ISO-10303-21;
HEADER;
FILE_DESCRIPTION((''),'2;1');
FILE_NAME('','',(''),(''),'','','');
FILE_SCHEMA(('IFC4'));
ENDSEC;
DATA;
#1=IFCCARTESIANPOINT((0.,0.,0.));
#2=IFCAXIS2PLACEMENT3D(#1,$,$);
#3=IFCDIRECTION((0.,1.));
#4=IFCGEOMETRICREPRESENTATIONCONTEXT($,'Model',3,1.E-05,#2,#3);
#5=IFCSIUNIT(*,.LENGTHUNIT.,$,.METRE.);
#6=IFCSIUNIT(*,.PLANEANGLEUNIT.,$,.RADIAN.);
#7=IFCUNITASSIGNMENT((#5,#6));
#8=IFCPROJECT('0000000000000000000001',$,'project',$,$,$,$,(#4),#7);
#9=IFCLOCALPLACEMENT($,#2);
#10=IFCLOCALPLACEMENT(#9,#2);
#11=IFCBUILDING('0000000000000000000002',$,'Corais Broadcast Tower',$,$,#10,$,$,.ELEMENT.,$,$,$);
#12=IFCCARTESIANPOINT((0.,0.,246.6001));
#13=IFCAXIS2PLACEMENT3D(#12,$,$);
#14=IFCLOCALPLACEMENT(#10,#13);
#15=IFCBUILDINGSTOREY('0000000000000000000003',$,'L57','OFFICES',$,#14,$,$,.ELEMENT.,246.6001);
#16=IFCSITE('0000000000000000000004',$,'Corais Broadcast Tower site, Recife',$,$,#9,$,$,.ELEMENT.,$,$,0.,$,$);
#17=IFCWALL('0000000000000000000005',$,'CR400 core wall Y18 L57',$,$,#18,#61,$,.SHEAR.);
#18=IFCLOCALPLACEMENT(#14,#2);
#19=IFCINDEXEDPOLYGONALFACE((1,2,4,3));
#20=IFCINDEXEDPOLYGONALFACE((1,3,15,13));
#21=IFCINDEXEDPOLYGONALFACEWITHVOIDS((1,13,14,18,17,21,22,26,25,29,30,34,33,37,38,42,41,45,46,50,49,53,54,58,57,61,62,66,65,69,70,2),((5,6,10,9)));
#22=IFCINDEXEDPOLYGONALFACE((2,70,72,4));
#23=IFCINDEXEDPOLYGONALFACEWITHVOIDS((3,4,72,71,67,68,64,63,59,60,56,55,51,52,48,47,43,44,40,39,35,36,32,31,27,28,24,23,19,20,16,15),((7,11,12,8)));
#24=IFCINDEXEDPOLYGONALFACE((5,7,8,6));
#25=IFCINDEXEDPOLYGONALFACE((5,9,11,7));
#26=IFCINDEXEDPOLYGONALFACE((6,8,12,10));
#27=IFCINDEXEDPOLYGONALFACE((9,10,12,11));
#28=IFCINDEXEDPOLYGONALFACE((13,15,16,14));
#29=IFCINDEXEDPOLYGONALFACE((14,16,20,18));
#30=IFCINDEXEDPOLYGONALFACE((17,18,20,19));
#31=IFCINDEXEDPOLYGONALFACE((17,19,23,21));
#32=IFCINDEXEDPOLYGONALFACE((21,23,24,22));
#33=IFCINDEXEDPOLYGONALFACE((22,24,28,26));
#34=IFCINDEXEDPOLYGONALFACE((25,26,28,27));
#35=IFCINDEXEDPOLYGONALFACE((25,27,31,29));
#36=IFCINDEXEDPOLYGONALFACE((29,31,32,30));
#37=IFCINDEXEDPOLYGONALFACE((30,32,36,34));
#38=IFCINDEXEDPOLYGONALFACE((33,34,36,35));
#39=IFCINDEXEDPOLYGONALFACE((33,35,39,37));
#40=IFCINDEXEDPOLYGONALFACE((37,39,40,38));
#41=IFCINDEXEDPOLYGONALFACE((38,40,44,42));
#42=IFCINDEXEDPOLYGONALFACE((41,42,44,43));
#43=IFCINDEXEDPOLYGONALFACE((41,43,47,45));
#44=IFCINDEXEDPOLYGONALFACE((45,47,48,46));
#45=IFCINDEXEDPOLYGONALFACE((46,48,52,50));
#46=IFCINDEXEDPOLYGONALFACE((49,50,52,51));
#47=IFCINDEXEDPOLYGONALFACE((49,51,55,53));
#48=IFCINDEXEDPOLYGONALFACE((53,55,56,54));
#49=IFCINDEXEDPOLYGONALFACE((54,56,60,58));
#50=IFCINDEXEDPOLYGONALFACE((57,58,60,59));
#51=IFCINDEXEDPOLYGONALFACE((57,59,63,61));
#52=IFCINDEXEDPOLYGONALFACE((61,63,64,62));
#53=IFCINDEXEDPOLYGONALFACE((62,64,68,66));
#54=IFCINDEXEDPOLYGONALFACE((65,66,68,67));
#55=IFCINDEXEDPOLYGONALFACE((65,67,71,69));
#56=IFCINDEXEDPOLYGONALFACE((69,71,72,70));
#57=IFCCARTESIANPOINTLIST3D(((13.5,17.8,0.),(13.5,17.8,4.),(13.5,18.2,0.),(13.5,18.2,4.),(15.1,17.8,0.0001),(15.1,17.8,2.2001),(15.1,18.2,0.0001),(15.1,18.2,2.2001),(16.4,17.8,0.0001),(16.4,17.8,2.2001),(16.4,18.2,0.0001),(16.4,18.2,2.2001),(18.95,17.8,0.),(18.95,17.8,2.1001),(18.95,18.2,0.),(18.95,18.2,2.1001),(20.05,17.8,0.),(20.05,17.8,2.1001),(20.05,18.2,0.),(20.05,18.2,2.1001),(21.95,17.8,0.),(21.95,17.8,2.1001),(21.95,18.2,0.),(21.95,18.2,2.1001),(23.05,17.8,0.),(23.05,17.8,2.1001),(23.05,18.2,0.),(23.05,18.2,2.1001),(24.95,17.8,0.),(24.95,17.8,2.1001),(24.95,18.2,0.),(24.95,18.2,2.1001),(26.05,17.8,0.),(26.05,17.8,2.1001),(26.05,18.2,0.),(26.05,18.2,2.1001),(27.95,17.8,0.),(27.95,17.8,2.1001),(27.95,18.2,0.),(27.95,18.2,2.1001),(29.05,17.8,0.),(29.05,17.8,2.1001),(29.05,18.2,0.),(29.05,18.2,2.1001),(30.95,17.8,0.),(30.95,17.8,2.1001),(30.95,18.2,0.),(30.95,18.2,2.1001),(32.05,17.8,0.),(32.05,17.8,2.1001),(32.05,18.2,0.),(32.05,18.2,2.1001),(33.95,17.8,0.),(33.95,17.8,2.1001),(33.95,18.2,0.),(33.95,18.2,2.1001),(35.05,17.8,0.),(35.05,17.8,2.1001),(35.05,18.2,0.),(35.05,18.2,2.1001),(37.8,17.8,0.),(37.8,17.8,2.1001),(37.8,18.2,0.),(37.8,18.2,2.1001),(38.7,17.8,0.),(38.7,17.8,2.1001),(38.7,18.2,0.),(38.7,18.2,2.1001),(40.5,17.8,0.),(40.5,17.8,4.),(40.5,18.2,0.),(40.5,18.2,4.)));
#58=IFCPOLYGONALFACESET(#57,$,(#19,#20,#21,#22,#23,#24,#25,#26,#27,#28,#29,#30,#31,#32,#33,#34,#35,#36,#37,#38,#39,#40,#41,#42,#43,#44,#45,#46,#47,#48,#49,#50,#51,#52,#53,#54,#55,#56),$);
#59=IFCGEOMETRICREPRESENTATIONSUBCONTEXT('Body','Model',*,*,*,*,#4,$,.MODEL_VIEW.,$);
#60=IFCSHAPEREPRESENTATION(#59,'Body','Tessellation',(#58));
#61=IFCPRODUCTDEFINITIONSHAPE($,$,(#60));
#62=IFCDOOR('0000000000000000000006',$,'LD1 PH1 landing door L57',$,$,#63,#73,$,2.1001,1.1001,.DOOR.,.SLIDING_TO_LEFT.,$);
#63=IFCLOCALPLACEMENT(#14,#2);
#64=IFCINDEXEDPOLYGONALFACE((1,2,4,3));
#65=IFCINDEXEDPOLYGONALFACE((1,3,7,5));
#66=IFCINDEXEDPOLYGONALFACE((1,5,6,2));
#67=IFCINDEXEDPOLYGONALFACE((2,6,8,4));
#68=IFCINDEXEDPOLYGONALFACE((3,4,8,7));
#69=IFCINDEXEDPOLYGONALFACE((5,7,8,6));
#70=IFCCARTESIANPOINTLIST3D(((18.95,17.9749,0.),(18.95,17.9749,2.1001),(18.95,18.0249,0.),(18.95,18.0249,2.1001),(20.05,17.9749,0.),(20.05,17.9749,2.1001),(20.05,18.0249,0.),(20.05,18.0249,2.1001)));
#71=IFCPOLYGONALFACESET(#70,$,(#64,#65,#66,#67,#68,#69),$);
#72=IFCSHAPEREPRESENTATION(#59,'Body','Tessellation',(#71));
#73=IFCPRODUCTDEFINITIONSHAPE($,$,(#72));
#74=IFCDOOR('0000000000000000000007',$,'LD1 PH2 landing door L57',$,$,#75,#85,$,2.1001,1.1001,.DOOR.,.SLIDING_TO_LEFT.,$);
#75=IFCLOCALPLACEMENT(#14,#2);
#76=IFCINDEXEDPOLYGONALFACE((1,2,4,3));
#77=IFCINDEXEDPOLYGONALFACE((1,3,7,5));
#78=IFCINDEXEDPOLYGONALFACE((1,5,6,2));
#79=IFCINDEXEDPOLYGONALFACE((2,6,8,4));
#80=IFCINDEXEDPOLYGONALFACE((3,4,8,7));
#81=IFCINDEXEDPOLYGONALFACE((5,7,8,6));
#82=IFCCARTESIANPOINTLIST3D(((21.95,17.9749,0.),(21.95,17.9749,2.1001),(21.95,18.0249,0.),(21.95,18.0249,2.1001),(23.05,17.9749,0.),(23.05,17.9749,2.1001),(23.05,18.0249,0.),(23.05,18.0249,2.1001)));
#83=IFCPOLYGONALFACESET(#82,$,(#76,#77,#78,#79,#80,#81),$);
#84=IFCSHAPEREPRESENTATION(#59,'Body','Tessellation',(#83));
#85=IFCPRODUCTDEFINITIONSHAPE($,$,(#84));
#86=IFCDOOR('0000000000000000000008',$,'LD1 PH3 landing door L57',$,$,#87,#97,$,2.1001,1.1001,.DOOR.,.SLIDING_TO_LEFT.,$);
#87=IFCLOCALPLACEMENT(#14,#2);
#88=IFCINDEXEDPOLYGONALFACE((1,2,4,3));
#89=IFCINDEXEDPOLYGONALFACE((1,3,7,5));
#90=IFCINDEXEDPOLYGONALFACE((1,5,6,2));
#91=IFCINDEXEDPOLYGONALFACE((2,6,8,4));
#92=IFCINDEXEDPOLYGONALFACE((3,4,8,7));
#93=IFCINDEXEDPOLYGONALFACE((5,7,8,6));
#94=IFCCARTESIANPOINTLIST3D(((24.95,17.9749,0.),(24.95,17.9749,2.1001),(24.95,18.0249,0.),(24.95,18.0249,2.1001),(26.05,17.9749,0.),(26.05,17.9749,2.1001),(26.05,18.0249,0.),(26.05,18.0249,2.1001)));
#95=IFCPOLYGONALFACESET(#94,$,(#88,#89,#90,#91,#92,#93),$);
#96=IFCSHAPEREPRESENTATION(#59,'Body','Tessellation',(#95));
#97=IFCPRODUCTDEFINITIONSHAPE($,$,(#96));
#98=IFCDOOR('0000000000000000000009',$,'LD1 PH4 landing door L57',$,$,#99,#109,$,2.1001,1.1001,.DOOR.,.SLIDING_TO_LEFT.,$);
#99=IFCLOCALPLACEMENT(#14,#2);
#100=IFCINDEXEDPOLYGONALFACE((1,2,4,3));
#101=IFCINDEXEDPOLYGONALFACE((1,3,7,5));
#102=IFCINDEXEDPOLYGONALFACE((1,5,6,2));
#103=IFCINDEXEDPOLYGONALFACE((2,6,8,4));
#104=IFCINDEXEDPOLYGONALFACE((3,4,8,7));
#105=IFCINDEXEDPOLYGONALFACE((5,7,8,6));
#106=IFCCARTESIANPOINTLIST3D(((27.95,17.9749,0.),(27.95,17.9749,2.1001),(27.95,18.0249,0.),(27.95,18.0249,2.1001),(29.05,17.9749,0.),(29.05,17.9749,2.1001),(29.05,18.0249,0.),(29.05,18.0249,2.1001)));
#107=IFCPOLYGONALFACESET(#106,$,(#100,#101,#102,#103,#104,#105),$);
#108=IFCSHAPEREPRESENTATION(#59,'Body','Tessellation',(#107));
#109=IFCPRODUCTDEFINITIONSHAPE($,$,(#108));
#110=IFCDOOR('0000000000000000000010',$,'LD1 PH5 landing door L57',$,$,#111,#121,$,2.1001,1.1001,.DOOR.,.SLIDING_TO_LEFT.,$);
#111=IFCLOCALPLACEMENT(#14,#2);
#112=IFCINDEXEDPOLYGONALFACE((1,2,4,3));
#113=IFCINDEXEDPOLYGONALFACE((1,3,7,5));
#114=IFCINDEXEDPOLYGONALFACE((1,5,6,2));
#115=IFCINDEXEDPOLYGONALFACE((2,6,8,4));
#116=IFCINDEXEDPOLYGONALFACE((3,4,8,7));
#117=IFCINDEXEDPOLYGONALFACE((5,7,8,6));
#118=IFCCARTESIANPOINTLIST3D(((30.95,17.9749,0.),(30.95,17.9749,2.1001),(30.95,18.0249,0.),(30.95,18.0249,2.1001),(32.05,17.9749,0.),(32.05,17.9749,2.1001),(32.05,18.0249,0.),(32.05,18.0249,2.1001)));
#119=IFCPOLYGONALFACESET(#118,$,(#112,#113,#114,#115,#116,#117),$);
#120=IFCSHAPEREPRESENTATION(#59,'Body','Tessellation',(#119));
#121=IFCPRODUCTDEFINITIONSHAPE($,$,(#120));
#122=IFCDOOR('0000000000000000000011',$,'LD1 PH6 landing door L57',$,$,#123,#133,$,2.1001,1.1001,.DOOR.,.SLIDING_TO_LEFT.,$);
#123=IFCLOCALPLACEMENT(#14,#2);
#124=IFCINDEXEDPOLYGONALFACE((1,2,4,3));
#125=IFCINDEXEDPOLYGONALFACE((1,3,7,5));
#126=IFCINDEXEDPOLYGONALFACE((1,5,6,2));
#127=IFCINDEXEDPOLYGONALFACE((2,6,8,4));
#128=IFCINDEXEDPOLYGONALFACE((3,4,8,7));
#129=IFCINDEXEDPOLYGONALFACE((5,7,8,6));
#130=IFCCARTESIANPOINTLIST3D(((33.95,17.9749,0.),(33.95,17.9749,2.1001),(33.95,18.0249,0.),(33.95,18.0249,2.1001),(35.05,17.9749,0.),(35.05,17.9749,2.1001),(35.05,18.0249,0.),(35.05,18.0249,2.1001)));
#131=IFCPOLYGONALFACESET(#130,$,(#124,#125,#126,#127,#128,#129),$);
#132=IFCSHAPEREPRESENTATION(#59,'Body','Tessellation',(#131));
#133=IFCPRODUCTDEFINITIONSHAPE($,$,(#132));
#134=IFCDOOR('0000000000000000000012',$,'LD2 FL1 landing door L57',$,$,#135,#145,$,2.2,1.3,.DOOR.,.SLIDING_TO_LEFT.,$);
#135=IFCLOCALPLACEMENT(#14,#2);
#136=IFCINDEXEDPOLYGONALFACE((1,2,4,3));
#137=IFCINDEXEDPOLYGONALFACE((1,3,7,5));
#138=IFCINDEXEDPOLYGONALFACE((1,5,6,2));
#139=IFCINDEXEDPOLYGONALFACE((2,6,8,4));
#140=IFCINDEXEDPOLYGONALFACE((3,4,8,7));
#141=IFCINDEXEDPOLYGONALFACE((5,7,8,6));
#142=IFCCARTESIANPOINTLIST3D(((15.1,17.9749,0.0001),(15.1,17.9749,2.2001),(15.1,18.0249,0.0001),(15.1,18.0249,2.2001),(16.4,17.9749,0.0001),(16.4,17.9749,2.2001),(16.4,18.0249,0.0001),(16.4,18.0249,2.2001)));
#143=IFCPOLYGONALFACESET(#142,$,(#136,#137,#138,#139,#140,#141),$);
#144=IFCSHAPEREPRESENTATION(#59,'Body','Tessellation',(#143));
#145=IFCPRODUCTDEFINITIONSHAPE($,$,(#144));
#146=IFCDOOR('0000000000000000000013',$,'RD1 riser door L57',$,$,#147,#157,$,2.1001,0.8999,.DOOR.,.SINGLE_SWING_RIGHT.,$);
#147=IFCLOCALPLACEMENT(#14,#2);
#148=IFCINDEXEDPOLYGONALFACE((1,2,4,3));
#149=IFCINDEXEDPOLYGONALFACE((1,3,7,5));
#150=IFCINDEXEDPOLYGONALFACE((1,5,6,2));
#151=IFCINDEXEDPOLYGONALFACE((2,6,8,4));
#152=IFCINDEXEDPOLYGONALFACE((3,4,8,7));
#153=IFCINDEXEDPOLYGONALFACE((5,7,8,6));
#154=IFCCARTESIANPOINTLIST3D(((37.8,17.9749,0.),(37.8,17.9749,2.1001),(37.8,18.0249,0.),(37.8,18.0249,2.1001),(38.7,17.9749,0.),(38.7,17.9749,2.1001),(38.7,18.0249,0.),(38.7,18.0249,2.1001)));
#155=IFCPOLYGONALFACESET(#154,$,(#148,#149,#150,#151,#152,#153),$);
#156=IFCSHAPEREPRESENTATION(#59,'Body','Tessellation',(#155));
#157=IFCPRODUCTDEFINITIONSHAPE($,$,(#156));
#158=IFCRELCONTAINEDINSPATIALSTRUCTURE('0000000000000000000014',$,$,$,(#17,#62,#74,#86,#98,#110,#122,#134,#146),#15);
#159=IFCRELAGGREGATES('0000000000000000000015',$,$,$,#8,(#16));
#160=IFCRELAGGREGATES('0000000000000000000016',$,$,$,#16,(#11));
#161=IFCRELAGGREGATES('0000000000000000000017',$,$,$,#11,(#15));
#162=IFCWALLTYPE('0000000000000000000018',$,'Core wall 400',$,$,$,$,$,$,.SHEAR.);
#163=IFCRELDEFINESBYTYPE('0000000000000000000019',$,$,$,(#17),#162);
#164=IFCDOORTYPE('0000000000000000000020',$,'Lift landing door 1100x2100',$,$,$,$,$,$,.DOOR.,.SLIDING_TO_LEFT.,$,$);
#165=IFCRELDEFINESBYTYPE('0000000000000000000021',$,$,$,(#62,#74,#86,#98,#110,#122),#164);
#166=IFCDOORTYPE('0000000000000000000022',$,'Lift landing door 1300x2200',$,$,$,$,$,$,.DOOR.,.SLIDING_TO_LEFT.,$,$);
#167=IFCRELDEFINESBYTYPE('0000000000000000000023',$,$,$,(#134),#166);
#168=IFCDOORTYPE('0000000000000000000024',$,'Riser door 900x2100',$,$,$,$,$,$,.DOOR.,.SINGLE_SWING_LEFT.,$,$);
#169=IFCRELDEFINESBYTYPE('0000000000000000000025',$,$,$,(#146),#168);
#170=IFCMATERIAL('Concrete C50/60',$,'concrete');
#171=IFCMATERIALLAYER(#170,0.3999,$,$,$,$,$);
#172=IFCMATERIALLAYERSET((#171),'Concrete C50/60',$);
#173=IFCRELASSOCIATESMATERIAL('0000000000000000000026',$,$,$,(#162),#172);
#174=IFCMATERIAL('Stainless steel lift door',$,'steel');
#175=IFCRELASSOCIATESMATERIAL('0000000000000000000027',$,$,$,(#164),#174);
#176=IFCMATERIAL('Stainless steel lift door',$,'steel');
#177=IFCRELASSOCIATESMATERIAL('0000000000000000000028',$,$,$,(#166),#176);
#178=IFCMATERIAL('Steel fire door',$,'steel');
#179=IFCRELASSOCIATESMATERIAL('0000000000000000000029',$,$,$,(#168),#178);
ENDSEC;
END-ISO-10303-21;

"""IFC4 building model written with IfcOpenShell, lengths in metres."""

from ifc_helpers import new_model, si_unit, direction, frame, frame_2d, origin, place, context, subcontext, project, spatial, rectangle, extrude, material, layer, layer_set, type_object, element, fill, save


model = new_model("IFC4")

# Units and contexts
model_context = context("Model", 3, precision=1e-05, world=origin(), true_north=direction((0.0, 1.0)))
body_context = subcontext(model_context, "Body", "Model", "MODEL_VIEW")
ifc_project = project(units=[si_unit("LENGTHUNIT", "METRE"), si_unit("PLANEANGLEUNIT", "RADIAN")], contexts=[model_context])

# Site, building, storey
site_placement = place(None, origin())
site = spatial("IfcSite", under=ifc_project, at=site_placement, Name="Corais Broadcast Tower site, Recife", CompositionType="ELEMENT", RefElevation=0.0)
building_placement = place(site_placement, origin())
building = spatial("IfcBuilding", under=site, at=building_placement, Name="Corais Broadcast Tower", CompositionType="ELEMENT")
storey_placement = place(building_placement, frame((0.0, 0.0, 246.6001)))
storey = spatial("IfcBuildingStorey", under=building, at=storey_placement, Name="L57", Description="OFFICES", CompositionType="ELEMENT", Elevation=246.6001)

# Shared definitions
ifc_material_1 = material(Name="Concrete C50/60", Category="concrete")
ifc_layer_1 = layer(ifc_material_1, 0.3999)
ifc_layer_set_1 = layer_set([ifc_layer_1], Name="Concrete C50/60")
wall_type_1 = type_object("IfcWallType", Name="Core wall 400", PredefinedType="SHEAR", material=ifc_layer_set_1)

# Wall, openings, doors
wall_1_placement = place(storey_placement, frame((13.5, 18.0, 0.0), z_axis=(0.0, 0.0, 1.0), x_axis=(1.0, 0.0, 0.0)))
wall_1 = element("IfcWall", 1, at=wall_1_placement, inside=storey, type_object=wall_type_1, Name="CR400 core wall Y18 L57", PredefinedType="SHEAR", context=body_context, shape_type="SweptSolid", body=[
    extrude(rectangle(XDim=27.0, YDim=0.3999, at=frame_2d((13.5, 0.0))), origin(), (0.0, 0.0, 1.0), 4.0),
])
opening_1_placement = place(wall_1_placement, frame((24.3, 0.0, 0.0)))
opening_1 = element("IfcOpeningElement", 2, at=opening_1_placement, cuts=wall_1, PredefinedType="OPENING", context=body_context, shape_type="SweptSolid", body=[
    extrude(rectangle(XDim=0.8999, YDim=2.1001, at=frame_2d((0.45, 1.05))), frame((0.0, 0.21, 0.0), z_axis=(0.0, -1.0, 0.0), x_axis=(1.0, 0.0, 0.0)), (0.0, 0.0, 1.0), 0.4199),
])
opening_2_placement = place(wall_1_placement, frame((5.45, 0.0, 0.0)))
opening_2 = element("IfcOpeningElement", 3, at=opening_2_placement, cuts=wall_1, PredefinedType="OPENING", context=body_context, shape_type="SweptSolid", body=[
    extrude(rectangle(XDim=1.1001, YDim=2.1001, at=frame_2d((0.55, 1.05))), frame((0.0, 0.21, 0.0), z_axis=(0.0, -1.0, 0.0), x_axis=(1.0, 0.0, 0.0)), (0.0, 0.0, 1.0), 0.4199),
])
opening_3_placement = place(wall_1_placement, frame((8.45, 0.0, 0.0)))
opening_3 = element("IfcOpeningElement", 4, at=opening_3_placement, cuts=wall_1, PredefinedType="OPENING", context=body_context, shape_type="SweptSolid", body=[
    extrude(rectangle(XDim=1.1001, YDim=2.1001, at=frame_2d((0.55, 1.05))), frame((0.0, 0.21, 0.0), z_axis=(0.0, -1.0, 0.0), x_axis=(1.0, 0.0, 0.0)), (0.0, 0.0, 1.0), 0.4199),
])
opening_4_placement = place(wall_1_placement, frame((11.45, 0.0, 0.0)))
opening_4 = element("IfcOpeningElement", 5, at=opening_4_placement, cuts=wall_1, PredefinedType="OPENING", context=body_context, shape_type="SweptSolid", body=[
    extrude(rectangle(XDim=1.1001, YDim=2.1001, at=frame_2d((0.55, 1.05))), frame((0.0, 0.21, 0.0), z_axis=(0.0, -1.0, 0.0), x_axis=(1.0, 0.0, 0.0)), (0.0, 0.0, 1.0), 0.4199),
])
opening_5_placement = place(wall_1_placement, frame((14.45, 0.0, 0.0)))
opening_5 = element("IfcOpeningElement", 6, at=opening_5_placement, cuts=wall_1, PredefinedType="OPENING", context=body_context, shape_type="SweptSolid", body=[
    extrude(rectangle(XDim=1.1001, YDim=2.1001, at=frame_2d((0.55, 1.05))), frame((0.0, 0.21, 0.0), z_axis=(0.0, -1.0, 0.0), x_axis=(1.0, 0.0, 0.0)), (0.0, 0.0, 1.0), 0.4199),
])
opening_6_placement = place(wall_1_placement, frame((17.45, 0.0, 0.0)))
opening_6 = element("IfcOpeningElement", 7, at=opening_6_placement, cuts=wall_1, PredefinedType="OPENING", context=body_context, shape_type="SweptSolid", body=[
    extrude(rectangle(XDim=1.1001, YDim=2.1001, at=frame_2d((0.55, 1.05))), frame((0.0, 0.21, 0.0), z_axis=(0.0, -1.0, 0.0), x_axis=(1.0, 0.0, 0.0)), (0.0, 0.0, 1.0), 0.4199),
])
opening_7_placement = place(wall_1_placement, frame((20.45, 0.0, 0.0)))
opening_7 = element("IfcOpeningElement", 8, at=opening_7_placement, cuts=wall_1, PredefinedType="OPENING", context=body_context, shape_type="SweptSolid", body=[
    extrude(rectangle(XDim=1.1001, YDim=2.1001, at=frame_2d((0.55, 1.05))), frame((0.0, 0.21, 0.0), z_axis=(0.0, -1.0, 0.0), x_axis=(1.0, 0.0, 0.0)), (0.0, 0.0, 1.0), 0.4199),
])
opening_8_placement = place(wall_1_placement, frame((1.6001, 0.0, 0.0)))
opening_8 = element("IfcOpeningElement", 9, at=opening_8_placement, cuts=wall_1, PredefinedType="OPENING", context=body_context, shape_type="SweptSolid", body=[
    extrude(rectangle(XDim=1.3, YDim=2.2, at=frame_2d((0.6499, 1.1001))), frame((0.0, 0.21, 0.0), z_axis=(0.0, -1.0, 0.0), x_axis=(1.0, 0.0, 0.0)), (0.0, 0.0, 1.0), 0.4199),
])
ifc_material_2 = material(Name="Stainless steel lift door", Category="steel")
door_type_1 = type_object("IfcDoorType", Name="Lift landing door 1100x2100", OperationType="SLIDING_TO_LEFT", PredefinedType="DOOR", material=ifc_material_2)
door_1_placement = place(opening_2_placement, origin())
door_1 = element("IfcDoor", 10, at=door_1_placement, inside=storey, type_object=door_type_1, Name="LD1 PH1 landing door L57", OperationType="SLIDING_TO_LEFT", OverallHeight=2.1001, OverallWidth=1.1001, PredefinedType="DOOR", context=body_context, shape_type="SweptSolid", body=[
    extrude(rectangle(XDim=1.1001, YDim=2.1001, at=frame_2d((0.55, 1.05))), frame((0.0, 0.0249, 0.0), z_axis=(0.0, -1.0, 0.0), x_axis=(1.0, 0.0, 0.0)), (0.0, 0.0, 1.0), 0.05),
])
fill(opening_2, door_1)
door_2_placement = place(opening_3_placement, origin())
door_2 = element("IfcDoor", 11, at=door_2_placement, inside=storey, type_object=door_type_1, Name="LD1 PH2 landing door L57", OperationType="SLIDING_TO_LEFT", OverallHeight=2.1001, OverallWidth=1.1001, PredefinedType="DOOR", context=body_context, shape_type="SweptSolid", body=[
    extrude(rectangle(XDim=1.1001, YDim=2.1001, at=frame_2d((0.55, 1.05))), frame((0.0, 0.0249, 0.0), z_axis=(0.0, -1.0, 0.0), x_axis=(1.0, 0.0, 0.0)), (0.0, 0.0, 1.0), 0.05),
])
fill(opening_3, door_2)
door_3_placement = place(opening_4_placement, origin())
door_3 = element("IfcDoor", 12, at=door_3_placement, inside=storey, type_object=door_type_1, Name="LD1 PH3 landing door L57", OperationType="SLIDING_TO_LEFT", OverallHeight=2.1001, OverallWidth=1.1001, PredefinedType="DOOR", context=body_context, shape_type="SweptSolid", body=[
    extrude(rectangle(XDim=1.1001, YDim=2.1001, at=frame_2d((0.55, 1.05))), frame((0.0, 0.0249, 0.0), z_axis=(0.0, -1.0, 0.0), x_axis=(1.0, 0.0, 0.0)), (0.0, 0.0, 1.0), 0.05),
])
fill(opening_4, door_3)
door_4_placement = place(opening_5_placement, origin())
door_4 = element("IfcDoor", 13, at=door_4_placement, inside=storey, type_object=door_type_1, Name="LD1 PH4 landing door L57", OperationType="SLIDING_TO_LEFT", OverallHeight=2.1001, OverallWidth=1.1001, PredefinedType="DOOR", context=body_context, shape_type="SweptSolid", body=[
    extrude(rectangle(XDim=1.1001, YDim=2.1001, at=frame_2d((0.55, 1.05))), frame((0.0, 0.0249, 0.0), z_axis=(0.0, -1.0, 0.0), x_axis=(1.0, 0.0, 0.0)), (0.0, 0.0, 1.0), 0.05),
])
fill(opening_5, door_4)
door_5_placement = place(opening_6_placement, origin())
door_5 = element("IfcDoor", 14, at=door_5_placement, inside=storey, type_object=door_type_1, Name="LD1 PH5 landing door L57", OperationType="SLIDING_TO_LEFT", OverallHeight=2.1001, OverallWidth=1.1001, PredefinedType="DOOR", context=body_context, shape_type="SweptSolid", body=[
    extrude(rectangle(XDim=1.1001, YDim=2.1001, at=frame_2d((0.55, 1.05))), frame((0.0, 0.0249, 0.0), z_axis=(0.0, -1.0, 0.0), x_axis=(1.0, 0.0, 0.0)), (0.0, 0.0, 1.0), 0.05),
])
fill(opening_6, door_5)
door_6_placement = place(opening_7_placement, origin())
door_6 = element("IfcDoor", 15, at=door_6_placement, inside=storey, type_object=door_type_1, Name="LD1 PH6 landing door L57", OperationType="SLIDING_TO_LEFT", OverallHeight=2.1001, OverallWidth=1.1001, PredefinedType="DOOR", context=body_context, shape_type="SweptSolid", body=[
    extrude(rectangle(XDim=1.1001, YDim=2.1001, at=frame_2d((0.55, 1.05))), frame((0.0, 0.0249, 0.0), z_axis=(0.0, -1.0, 0.0), x_axis=(1.0, 0.0, 0.0)), (0.0, 0.0, 1.0), 0.05),
])
fill(opening_7, door_6)
ifc_material_3 = material(Name="Stainless steel lift door", Category="steel")
door_type_2 = type_object("IfcDoorType", Name="Lift landing door 1300x2200", OperationType="SLIDING_TO_LEFT", PredefinedType="DOOR", material=ifc_material_3)
door_7_placement = place(opening_8_placement, origin())
door_7 = element("IfcDoor", 16, at=door_7_placement, inside=storey, type_object=door_type_2, Name="LD2 FL1 landing door L57", OperationType="SLIDING_TO_LEFT", OverallHeight=2.2, OverallWidth=1.3, PredefinedType="DOOR", context=body_context, shape_type="SweptSolid", body=[
    extrude(rectangle(XDim=1.3, YDim=2.2, at=frame_2d((0.6499, 1.1001))), frame((0.0, 0.0249, 0.0), z_axis=(0.0, -1.0, 0.0), x_axis=(1.0, 0.0, 0.0)), (0.0, 0.0, 1.0), 0.05),
])
fill(opening_8, door_7)
ifc_material_4 = material(Name="Steel fire door", Category="steel")
door_type_3 = type_object("IfcDoorType", Name="Riser door 900x2100", OperationType="SINGLE_SWING_LEFT", PredefinedType="DOOR", material=ifc_material_4)
door_8_placement = place(opening_1_placement, origin())
door_8 = element("IfcDoor", 17, at=door_8_placement, inside=storey, type_object=door_type_3, Name="RD1 riser door L57", OperationType="SINGLE_SWING_RIGHT", OverallHeight=2.1001, OverallWidth=0.8999, PredefinedType="DOOR", context=body_context, shape_type="SweptSolid", body=[
    extrude(rectangle(XDim=0.8999, YDim=2.1001, at=frame_2d((0.45, 1.05))), frame((0.0, 0.0249, 0.0), z_axis=(0.0, -1.0, 0.0), x_axis=(1.0, 0.0, 0.0)), (0.0, 0.0, 1.0), 0.05),
])
fill(opening_1, door_8)

save(model, "model.ifc")
